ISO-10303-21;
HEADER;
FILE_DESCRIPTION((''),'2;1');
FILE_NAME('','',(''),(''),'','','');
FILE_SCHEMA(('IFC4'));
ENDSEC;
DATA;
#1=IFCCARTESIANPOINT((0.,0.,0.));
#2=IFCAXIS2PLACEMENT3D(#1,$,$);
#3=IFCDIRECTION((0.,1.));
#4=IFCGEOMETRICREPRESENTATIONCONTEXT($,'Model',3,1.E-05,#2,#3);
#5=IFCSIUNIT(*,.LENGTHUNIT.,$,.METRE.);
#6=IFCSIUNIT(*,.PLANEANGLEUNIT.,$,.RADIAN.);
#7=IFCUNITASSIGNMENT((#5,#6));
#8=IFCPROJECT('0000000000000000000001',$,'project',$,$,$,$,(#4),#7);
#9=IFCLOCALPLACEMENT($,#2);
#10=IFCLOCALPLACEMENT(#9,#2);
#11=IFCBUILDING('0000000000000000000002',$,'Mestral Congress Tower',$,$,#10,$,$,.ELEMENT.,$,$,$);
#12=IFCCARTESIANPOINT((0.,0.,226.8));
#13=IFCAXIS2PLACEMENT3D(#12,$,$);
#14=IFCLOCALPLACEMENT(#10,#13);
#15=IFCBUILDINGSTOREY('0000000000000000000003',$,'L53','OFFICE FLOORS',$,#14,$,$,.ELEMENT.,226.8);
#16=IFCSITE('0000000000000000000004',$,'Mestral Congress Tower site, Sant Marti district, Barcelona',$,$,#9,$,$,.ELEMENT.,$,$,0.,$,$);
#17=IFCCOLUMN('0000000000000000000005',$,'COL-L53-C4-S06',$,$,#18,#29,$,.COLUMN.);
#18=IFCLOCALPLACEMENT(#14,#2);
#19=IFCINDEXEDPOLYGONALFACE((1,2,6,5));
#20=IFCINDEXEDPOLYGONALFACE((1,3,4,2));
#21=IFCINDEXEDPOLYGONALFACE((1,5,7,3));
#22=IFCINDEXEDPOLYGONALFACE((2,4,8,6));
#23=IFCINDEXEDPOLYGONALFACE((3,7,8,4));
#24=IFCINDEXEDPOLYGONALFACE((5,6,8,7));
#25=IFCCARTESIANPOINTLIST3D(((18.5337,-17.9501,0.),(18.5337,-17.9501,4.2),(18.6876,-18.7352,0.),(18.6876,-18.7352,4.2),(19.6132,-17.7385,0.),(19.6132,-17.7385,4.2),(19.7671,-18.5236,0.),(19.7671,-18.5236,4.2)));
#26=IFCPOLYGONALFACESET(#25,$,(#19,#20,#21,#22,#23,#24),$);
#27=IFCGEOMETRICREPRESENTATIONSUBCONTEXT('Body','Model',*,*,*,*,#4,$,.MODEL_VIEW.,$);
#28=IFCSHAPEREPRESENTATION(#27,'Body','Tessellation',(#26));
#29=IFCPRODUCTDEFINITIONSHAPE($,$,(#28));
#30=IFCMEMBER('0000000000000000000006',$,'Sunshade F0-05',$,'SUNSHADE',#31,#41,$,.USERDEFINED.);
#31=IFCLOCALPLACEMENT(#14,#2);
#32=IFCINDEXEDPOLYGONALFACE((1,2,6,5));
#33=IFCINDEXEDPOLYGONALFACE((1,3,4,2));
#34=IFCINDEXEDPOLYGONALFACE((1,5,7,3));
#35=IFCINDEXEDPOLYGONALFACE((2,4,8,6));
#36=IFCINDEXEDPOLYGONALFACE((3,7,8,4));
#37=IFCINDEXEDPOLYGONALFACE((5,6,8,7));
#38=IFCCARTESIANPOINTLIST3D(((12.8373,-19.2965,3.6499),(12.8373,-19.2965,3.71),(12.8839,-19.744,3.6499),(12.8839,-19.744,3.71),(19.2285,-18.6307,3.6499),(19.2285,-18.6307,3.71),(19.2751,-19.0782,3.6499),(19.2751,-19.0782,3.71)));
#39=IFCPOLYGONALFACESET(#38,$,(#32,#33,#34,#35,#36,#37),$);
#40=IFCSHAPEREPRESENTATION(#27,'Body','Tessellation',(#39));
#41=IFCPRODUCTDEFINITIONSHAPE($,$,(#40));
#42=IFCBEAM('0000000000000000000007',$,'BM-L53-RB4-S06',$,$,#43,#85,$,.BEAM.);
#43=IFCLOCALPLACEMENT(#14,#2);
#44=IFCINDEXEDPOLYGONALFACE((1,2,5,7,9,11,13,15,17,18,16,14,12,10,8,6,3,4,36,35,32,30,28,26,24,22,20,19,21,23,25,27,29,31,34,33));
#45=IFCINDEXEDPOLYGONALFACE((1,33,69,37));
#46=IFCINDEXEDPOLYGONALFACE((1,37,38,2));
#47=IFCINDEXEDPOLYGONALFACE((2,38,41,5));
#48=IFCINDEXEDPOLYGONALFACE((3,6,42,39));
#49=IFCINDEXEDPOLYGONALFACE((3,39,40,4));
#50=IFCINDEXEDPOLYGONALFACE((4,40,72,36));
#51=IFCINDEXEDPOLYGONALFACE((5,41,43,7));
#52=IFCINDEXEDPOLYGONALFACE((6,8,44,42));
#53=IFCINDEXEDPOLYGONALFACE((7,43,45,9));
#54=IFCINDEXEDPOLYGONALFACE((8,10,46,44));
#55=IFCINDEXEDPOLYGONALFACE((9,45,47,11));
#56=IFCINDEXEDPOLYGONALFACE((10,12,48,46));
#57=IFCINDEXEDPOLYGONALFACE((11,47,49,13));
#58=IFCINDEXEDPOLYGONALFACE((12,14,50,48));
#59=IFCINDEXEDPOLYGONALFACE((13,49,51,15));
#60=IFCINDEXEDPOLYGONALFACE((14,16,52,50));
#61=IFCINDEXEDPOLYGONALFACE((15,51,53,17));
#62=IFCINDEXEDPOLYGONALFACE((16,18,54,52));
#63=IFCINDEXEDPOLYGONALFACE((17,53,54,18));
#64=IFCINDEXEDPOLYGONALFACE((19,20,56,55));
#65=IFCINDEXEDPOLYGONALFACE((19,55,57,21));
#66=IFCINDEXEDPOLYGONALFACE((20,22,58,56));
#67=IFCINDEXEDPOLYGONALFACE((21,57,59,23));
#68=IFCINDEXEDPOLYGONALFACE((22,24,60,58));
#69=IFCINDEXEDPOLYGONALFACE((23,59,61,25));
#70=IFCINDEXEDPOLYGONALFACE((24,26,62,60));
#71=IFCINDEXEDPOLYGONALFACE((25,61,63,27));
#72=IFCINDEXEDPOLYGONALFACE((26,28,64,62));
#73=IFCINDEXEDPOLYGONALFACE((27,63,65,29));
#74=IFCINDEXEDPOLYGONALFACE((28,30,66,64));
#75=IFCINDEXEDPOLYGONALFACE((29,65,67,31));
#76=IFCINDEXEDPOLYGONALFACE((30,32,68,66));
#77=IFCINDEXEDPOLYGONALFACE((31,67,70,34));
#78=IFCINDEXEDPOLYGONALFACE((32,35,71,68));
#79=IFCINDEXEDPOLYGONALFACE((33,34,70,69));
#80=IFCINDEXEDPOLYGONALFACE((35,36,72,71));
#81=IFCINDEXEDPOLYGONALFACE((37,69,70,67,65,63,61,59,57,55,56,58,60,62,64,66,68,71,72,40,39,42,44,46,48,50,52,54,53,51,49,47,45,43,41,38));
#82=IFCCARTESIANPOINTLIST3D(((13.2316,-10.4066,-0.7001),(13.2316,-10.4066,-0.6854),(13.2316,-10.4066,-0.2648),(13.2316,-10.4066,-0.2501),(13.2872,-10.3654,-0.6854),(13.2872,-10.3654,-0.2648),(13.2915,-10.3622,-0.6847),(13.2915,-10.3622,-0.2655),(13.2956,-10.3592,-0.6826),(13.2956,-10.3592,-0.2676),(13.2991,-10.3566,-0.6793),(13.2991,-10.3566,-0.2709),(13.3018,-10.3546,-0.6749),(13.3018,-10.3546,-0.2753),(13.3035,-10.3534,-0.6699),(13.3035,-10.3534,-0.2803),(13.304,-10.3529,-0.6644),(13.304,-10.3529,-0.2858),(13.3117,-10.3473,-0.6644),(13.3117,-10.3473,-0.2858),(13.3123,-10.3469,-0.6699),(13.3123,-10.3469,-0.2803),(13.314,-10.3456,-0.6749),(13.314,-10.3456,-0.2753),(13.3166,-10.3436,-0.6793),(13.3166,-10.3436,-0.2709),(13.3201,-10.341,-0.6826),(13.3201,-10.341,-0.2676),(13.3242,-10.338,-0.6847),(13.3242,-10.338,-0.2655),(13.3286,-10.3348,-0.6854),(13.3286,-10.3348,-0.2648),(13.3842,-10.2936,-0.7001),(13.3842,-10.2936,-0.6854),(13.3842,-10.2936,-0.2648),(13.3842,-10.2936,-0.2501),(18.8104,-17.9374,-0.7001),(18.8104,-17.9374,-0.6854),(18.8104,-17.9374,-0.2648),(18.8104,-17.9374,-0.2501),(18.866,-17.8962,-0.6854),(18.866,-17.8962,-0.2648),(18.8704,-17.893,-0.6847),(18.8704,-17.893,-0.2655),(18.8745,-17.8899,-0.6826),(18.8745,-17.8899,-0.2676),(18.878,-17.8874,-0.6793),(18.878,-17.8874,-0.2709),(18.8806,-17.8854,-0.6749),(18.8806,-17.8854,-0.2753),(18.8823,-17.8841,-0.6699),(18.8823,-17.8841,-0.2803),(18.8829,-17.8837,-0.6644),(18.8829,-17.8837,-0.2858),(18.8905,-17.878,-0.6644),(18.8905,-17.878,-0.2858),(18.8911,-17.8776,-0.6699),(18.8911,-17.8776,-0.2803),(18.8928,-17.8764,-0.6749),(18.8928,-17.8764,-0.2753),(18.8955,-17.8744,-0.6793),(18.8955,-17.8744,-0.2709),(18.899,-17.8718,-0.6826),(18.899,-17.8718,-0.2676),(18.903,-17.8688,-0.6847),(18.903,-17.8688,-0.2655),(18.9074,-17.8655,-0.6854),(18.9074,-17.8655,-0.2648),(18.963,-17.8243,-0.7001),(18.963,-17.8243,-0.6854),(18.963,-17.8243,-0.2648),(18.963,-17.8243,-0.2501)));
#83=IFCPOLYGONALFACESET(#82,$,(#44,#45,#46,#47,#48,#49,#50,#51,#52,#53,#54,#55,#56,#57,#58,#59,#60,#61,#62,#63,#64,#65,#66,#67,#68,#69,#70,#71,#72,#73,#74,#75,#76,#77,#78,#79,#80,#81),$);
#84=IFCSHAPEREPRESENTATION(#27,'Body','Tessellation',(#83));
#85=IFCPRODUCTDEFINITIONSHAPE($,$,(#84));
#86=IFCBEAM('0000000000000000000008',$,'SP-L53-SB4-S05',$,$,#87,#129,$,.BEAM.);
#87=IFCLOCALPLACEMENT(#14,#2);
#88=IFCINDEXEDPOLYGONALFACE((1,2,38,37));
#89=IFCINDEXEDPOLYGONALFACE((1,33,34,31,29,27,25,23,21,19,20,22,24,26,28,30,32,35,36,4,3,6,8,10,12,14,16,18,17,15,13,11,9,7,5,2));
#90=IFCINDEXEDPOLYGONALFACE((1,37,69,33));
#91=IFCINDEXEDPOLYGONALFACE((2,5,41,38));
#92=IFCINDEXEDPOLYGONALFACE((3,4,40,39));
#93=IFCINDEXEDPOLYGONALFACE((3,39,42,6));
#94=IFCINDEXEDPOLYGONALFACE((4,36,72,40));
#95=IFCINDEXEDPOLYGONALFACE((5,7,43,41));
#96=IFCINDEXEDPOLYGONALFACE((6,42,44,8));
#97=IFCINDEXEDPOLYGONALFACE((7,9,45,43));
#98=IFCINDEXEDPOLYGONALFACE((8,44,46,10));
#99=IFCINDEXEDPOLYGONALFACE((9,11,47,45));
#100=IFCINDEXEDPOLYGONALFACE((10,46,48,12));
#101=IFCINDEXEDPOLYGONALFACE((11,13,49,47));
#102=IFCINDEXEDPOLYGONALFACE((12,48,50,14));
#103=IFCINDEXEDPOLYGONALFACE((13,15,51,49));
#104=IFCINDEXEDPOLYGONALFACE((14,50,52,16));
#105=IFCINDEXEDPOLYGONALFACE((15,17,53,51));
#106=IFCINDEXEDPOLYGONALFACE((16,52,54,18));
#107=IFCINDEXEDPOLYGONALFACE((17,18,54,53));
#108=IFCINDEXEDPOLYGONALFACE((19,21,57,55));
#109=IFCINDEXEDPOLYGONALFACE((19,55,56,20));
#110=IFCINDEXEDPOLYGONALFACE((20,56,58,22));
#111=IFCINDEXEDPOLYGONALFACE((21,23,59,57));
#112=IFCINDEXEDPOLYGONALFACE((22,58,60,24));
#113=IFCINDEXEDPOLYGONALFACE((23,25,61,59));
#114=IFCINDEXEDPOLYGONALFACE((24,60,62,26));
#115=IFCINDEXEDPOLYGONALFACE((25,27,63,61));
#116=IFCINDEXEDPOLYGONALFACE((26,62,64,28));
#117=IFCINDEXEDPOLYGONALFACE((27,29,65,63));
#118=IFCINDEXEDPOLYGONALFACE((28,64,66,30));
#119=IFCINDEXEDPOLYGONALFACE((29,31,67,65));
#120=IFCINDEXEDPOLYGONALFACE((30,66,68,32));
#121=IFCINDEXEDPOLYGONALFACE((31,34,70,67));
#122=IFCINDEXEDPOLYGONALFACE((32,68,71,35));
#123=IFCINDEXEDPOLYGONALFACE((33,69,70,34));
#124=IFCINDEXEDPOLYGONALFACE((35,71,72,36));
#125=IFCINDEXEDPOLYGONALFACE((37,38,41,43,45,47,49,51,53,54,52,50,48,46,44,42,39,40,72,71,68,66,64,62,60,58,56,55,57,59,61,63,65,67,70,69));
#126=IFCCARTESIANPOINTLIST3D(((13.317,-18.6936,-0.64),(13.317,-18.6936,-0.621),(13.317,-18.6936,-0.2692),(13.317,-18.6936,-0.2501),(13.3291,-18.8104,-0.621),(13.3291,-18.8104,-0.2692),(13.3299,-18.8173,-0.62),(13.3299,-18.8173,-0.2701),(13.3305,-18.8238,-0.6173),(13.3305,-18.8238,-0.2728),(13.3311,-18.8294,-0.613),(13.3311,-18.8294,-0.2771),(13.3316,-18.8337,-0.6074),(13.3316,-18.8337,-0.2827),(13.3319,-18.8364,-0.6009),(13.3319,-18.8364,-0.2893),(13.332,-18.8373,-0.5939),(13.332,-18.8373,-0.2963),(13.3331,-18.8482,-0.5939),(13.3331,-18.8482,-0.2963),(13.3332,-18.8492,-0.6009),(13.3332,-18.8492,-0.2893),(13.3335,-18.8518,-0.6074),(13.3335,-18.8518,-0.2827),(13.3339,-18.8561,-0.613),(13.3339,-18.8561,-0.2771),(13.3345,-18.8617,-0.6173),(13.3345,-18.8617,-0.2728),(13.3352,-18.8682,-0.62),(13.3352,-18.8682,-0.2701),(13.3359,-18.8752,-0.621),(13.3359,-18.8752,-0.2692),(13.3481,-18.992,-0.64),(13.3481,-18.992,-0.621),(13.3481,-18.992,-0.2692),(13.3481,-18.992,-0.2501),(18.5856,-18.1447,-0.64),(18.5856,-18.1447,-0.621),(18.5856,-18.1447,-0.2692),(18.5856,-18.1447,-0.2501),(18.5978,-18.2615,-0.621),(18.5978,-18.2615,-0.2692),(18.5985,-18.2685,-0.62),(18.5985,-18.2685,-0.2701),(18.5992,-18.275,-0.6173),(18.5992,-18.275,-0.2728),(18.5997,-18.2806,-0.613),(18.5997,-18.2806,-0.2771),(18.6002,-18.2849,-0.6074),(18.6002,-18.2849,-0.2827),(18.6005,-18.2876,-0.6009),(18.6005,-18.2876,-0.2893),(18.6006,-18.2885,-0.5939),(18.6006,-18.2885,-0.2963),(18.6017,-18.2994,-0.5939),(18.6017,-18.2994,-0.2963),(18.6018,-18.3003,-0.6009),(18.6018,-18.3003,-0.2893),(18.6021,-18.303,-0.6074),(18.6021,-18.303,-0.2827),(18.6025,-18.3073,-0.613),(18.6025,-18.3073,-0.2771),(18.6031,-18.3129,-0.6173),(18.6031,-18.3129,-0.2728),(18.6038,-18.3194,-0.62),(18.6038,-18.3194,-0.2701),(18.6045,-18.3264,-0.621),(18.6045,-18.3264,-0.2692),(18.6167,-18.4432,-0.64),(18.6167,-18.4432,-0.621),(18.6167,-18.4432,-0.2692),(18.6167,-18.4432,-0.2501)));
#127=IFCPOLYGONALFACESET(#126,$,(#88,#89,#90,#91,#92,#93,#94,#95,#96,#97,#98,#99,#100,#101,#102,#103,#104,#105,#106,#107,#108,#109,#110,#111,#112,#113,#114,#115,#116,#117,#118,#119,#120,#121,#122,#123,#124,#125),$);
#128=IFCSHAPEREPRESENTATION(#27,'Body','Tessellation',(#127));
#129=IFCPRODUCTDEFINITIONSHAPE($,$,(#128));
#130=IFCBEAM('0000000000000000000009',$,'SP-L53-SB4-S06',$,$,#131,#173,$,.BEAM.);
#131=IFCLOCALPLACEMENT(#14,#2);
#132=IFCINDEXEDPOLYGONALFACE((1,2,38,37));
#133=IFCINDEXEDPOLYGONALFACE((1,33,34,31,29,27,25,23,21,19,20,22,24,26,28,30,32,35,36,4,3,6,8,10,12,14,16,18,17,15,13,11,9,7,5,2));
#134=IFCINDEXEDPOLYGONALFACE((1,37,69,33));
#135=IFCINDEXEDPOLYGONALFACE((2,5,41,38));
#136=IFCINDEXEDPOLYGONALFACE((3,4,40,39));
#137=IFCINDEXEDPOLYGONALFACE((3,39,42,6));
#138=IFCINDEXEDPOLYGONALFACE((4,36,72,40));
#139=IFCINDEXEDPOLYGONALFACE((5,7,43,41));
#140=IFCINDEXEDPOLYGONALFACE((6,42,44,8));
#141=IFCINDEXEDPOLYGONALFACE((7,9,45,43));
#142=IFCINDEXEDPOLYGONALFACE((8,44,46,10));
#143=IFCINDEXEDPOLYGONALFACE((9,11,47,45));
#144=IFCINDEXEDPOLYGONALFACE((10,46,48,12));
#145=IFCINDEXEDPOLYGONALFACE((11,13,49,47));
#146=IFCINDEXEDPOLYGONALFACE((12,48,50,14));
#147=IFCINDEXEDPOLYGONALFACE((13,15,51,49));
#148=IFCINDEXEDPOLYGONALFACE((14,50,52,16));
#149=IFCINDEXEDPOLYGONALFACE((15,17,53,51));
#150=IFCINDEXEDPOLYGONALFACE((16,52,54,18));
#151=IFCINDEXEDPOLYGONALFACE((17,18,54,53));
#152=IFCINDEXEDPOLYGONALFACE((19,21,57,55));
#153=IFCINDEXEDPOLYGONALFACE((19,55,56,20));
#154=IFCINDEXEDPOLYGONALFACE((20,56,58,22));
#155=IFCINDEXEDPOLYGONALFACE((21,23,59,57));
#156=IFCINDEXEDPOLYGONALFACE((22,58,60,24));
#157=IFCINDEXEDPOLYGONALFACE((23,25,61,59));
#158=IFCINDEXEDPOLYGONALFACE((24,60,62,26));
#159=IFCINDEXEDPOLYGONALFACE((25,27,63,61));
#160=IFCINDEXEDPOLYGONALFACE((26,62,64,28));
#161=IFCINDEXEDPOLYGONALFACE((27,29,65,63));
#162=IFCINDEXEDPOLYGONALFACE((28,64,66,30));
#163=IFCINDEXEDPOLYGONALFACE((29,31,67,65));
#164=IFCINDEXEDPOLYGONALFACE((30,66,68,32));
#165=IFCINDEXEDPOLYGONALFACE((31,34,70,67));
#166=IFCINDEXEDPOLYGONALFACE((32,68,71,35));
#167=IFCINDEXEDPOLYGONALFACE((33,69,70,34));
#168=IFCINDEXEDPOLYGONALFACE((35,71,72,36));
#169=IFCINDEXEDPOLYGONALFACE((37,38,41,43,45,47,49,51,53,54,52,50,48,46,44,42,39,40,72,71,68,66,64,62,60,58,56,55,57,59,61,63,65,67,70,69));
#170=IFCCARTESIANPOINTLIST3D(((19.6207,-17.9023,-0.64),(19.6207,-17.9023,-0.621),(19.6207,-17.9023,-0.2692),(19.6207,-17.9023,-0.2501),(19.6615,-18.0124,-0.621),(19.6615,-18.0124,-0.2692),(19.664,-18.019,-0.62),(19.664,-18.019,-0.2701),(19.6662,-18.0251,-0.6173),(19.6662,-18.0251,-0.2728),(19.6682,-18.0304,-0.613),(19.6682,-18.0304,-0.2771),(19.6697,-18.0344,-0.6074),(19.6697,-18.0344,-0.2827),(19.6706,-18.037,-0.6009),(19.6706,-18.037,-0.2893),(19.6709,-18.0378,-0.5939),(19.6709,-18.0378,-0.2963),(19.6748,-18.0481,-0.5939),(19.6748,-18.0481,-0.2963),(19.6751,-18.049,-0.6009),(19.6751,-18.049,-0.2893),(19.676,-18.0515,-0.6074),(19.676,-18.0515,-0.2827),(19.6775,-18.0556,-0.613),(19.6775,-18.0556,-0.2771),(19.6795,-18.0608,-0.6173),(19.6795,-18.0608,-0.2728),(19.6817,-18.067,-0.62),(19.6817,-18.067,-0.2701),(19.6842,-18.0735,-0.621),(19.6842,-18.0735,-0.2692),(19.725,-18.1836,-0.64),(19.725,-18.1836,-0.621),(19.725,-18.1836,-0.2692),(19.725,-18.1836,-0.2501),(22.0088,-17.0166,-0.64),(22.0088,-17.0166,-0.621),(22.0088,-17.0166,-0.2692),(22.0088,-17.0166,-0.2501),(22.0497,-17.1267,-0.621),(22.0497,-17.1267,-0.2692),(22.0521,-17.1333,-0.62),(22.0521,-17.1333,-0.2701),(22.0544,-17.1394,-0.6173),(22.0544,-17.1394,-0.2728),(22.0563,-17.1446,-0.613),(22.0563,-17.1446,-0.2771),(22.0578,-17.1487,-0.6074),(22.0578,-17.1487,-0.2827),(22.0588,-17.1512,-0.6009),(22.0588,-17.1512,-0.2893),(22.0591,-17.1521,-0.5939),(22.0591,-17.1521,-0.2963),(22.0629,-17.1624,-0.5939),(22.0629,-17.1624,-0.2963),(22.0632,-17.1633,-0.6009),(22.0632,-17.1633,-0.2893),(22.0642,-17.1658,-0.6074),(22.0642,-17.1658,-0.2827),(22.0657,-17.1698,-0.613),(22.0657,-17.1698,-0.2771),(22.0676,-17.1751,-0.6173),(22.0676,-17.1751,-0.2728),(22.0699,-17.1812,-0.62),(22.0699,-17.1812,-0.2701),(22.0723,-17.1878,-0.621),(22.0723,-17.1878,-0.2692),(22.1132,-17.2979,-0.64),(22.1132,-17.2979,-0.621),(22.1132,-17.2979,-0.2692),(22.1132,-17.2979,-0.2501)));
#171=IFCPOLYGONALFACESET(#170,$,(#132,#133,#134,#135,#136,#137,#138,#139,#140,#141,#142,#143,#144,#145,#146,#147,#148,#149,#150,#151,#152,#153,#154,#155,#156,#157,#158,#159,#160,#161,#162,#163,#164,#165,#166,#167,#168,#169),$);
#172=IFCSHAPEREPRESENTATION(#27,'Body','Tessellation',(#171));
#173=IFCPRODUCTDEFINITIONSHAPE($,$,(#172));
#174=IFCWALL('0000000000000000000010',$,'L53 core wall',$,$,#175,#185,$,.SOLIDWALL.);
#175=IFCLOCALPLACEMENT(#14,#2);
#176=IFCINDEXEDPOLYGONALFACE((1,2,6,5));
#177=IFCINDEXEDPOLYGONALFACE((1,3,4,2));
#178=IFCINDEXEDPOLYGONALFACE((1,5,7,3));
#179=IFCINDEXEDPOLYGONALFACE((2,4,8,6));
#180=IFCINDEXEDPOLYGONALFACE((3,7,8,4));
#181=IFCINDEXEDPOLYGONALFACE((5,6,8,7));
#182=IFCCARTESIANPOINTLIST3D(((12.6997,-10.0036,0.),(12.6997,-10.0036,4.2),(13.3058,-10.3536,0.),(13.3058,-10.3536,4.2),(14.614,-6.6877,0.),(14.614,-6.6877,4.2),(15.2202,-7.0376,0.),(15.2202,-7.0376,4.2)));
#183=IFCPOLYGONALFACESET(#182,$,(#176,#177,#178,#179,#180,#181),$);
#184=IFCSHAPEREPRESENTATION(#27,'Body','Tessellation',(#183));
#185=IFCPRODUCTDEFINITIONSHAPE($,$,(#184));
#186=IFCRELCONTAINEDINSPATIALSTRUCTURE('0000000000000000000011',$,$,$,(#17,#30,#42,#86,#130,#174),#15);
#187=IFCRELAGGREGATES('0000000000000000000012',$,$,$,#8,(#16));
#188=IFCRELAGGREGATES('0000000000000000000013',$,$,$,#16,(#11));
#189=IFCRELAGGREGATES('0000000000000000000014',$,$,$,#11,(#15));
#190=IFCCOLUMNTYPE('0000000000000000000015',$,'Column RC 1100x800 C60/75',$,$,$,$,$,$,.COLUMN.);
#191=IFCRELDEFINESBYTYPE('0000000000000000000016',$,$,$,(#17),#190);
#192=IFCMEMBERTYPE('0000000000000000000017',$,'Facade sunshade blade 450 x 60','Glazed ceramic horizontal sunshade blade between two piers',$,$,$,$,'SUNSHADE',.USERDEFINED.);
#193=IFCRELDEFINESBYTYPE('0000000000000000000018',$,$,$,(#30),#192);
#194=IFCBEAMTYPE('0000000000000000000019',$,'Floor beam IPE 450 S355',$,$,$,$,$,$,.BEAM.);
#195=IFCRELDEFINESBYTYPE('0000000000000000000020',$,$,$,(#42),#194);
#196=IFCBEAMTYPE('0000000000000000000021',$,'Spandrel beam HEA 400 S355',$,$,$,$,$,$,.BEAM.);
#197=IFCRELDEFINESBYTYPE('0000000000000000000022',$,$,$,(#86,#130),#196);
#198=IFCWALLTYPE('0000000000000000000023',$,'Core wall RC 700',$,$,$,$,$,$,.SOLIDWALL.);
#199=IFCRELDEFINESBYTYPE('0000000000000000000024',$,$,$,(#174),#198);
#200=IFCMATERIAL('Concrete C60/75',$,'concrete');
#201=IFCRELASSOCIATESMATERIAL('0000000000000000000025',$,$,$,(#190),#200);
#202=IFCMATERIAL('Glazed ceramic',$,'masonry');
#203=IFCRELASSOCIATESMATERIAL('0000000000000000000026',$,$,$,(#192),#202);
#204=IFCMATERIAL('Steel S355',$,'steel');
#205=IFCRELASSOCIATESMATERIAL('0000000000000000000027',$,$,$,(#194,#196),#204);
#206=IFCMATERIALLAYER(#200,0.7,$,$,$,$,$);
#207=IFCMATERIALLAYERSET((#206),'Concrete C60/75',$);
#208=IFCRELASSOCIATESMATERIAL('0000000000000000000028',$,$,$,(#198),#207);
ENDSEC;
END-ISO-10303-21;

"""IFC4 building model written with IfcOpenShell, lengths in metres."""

from ifc_helpers import new_model, si_unit, direction, frame, frame_2d, origin, origin_2d, place, context, subcontext, project, spatial, rectangle, i_section, extrude, material, layer, layer_set, material_profile, profile_set, type_object, element, save


model = new_model("IFC4")

# Units and contexts
model_context = context("Model", 3, precision=1e-05, world=origin(), true_north=direction((0.0, 1.0)))
body_context = subcontext(model_context, "Body", "Model", "MODEL_VIEW")
ifc_project = project(units=[si_unit("LENGTHUNIT", "METRE"), si_unit("PLANEANGLEUNIT", "RADIAN")], contexts=[model_context])

# Site, building, storey
site_placement = place(None, origin())
site = spatial("IfcSite", under=ifc_project, at=site_placement, Name="Mestral Congress Tower site, Sant Marti district, Barcelona", CompositionType="ELEMENT", RefElevation=0.0)
building_placement = place(site_placement, origin())
building = spatial("IfcBuilding", under=site, at=building_placement, Name="Mestral Congress Tower", CompositionType="ELEMENT")
storey_placement = place(building_placement, frame((0.0, 0.0, 226.8)))
storey = spatial("IfcBuildingStorey", under=building, at=storey_placement, Name="L53", Description="OFFICE FLOORS", CompositionType="ELEMENT", Elevation=226.8)

# Column
ifc_material_1 = material(Name="Concrete C60/75", Category="concrete")
ifc_material_profile_1 = material_profile(ifc_material_1, rectangle(XDim=1.1001, YDim=0.8, at=origin_2d()), Name="RC 1100x800")
ifc_profile_set_1 = profile_set([ifc_material_profile_1], Name="Concrete C60/75")
column_type = type_object("IfcColumnType", Name="Column RC 1100x800 C60/75", PredefinedType="COLUMN", material=ifc_profile_set_1)
column_placement = place(storey_placement, frame((19.1504, -18.2368, 0.0), z_axis=(0.0, 0.0, 1.0), x_axis=(0.981325, 0.192359, 0.0)))
element("IfcColumn", 1, at=column_placement, inside=storey, type_object=column_type, Name="COL-L53-C4-S06", PredefinedType="COLUMN", context=body_context, shape_type="SweptSolid", body=[
    extrude(rectangle(XDim=1.1001, YDim=0.8, at=origin_2d()), origin(), (0.0, 0.0, 1.0), 4.2),
])

# Member
ifc_material_2 = material(Name="Glazed ceramic", Category="masonry")
ifc_material_profile_2 = material_profile(ifc_material_2, rectangle(XDim=0.45, YDim=0.0601, at=origin_2d()), Name="Ceramic blade 450 x 60")
ifc_profile_set_2 = profile_set([ifc_material_profile_2], Name="Glazed ceramic")
member_type = type_object("IfcMemberType", Name="Facade sunshade blade 450 x 60", Description="Glazed ceramic horizontal sunshade blade between two piers", ElementType="SUNSHADE", PredefinedType="USERDEFINED", material=ifc_profile_set_2)
member_placement = place(storey_placement, frame((12.8606, -19.5203, 3.6799), z_axis=(0.994618, 0.103611, 0.0), x_axis=(-0.103611, 0.994618, 0.0)))
element("IfcMember", 2, at=member_placement, inside=storey, type_object=member_type, Name="Sunshade F0-05", ObjectType="SUNSHADE", PredefinedType="USERDEFINED", context=body_context, shape_type="SweptSolid", body=[
    extrude(rectangle(XDim=0.45, YDim=0.0601, at=origin_2d()), origin(), (0.0, 0.0, 1.0), 6.4258),
])

# Beams
ifc_material_3 = material(Name="Steel S355", Category="steel")
ifc_material_profile_3 = material_profile(ifc_material_3, i_section(OverallWidth=0.1899, OverallDepth=0.45, WebThickness=0.0095, FlangeThickness=0.0146, FilletRadius=0.021, at=origin_2d()), Name="IPE 450")
ifc_profile_set_3 = profile_set([ifc_material_profile_3], Name="Steel S355")
beam_type_1 = type_object("IfcBeamType", Name="Floor beam IPE 450 S355", PredefinedType="BEAM", material=ifc_profile_set_3)
beam_1_placement = place(storey_placement, frame((18.8867, -17.8809, -0.4751), z_axis=(-0.595263, 0.803531, 0.0), x_axis=(-0.803531, -0.595263, 0.0)))
element("IfcBeam", 3, at=beam_1_placement, inside=storey, type_object=beam_type_1, Name="BM-L53-RB4-S06", PredefinedType="BEAM", context=body_context, shape_type="SweptSolid", body=[
    extrude(i_section(OverallWidth=0.1899, OverallDepth=0.45, WebThickness=0.0095, FlangeThickness=0.0146, FilletRadius=0.021, at=origin_2d()), origin(), (0.0, 0.0, 1.0), 9.3721),
])
ifc_material_profile_4 = material_profile(ifc_material_3, i_section(OverallWidth=0.3, OverallDepth=0.3899, WebThickness=0.011, FlangeThickness=0.019, FilletRadius=0.0271, at=origin_2d()), Name="HEA 400")
ifc_profile_set_4 = profile_set([ifc_material_profile_4], Name="Steel S355")
beam_type_2 = type_object("IfcBeamType", Name="Spandrel beam HEA 400 S355", PredefinedType="BEAM", material=ifc_profile_set_4)
beam_2_placement = place(storey_placement, frame((13.3325, -18.8428, -0.4451), z_axis=(0.994618, 0.10361, 0.0), x_axis=(-0.10361, 0.994618, 0.0)))
element("IfcBeam", 4, at=beam_2_placement, inside=storey, type_object=beam_type_2, Name="SP-L53-SB4-S05", PredefinedType="BEAM", context=body_context, shape_type="SweptSolid", body=[
    extrude(i_section(OverallWidth=0.3, OverallDepth=0.3899, WebThickness=0.011, FlangeThickness=0.019, FilletRadius=0.0271, at=origin_2d()), origin(), (0.0, 0.0, 1.0), 5.2971),
])
beam_3_placement = place(storey_placement, frame((19.6729, -18.043, -0.4451), z_axis=(0.937591, 0.347739, 0.0), x_axis=(-0.347739, 0.937591, 0.0)))
element("IfcBeam", 5, at=beam_3_placement, inside=storey, type_object=beam_type_2, Name="SP-L53-SB4-S06", PredefinedType="BEAM", context=body_context, shape_type="SweptSolid", body=[
    extrude(i_section(OverallWidth=0.3, OverallDepth=0.3899, WebThickness=0.011, FlangeThickness=0.019, FilletRadius=0.0271, at=origin_2d()), origin(), (0.0, 0.0, 1.0), 2.5471),
])

# Wall
ifc_layer_1 = layer(ifc_material_1, 0.7)
ifc_layer_set_1 = layer_set([ifc_layer_1], Name="Concrete C60/75")
wall_type_1 = type_object("IfcWallType", Name="Core wall RC 700", PredefinedType="SOLIDWALL", material=ifc_layer_set_1)
wall_1_placement = place(storey_placement, frame((13.0027, -10.1787, 0.0), z_axis=(0.0, 0.0, 1.0), x_axis=(0.499973, 0.866041, 0.0)))
element("IfcWall", 6, at=wall_1_placement, inside=storey, type_object=wall_type_1, Name="L53 core wall", PredefinedType="SOLIDWALL", context=body_context, shape_type="SweptSolid", body=[
    extrude(rectangle(XDim=3.8289, YDim=0.7, at=frame_2d((1.9146, 0.0))), origin(), (0.0, 0.0, 1.0), 4.2),
])

save(model, "model.ifc")
